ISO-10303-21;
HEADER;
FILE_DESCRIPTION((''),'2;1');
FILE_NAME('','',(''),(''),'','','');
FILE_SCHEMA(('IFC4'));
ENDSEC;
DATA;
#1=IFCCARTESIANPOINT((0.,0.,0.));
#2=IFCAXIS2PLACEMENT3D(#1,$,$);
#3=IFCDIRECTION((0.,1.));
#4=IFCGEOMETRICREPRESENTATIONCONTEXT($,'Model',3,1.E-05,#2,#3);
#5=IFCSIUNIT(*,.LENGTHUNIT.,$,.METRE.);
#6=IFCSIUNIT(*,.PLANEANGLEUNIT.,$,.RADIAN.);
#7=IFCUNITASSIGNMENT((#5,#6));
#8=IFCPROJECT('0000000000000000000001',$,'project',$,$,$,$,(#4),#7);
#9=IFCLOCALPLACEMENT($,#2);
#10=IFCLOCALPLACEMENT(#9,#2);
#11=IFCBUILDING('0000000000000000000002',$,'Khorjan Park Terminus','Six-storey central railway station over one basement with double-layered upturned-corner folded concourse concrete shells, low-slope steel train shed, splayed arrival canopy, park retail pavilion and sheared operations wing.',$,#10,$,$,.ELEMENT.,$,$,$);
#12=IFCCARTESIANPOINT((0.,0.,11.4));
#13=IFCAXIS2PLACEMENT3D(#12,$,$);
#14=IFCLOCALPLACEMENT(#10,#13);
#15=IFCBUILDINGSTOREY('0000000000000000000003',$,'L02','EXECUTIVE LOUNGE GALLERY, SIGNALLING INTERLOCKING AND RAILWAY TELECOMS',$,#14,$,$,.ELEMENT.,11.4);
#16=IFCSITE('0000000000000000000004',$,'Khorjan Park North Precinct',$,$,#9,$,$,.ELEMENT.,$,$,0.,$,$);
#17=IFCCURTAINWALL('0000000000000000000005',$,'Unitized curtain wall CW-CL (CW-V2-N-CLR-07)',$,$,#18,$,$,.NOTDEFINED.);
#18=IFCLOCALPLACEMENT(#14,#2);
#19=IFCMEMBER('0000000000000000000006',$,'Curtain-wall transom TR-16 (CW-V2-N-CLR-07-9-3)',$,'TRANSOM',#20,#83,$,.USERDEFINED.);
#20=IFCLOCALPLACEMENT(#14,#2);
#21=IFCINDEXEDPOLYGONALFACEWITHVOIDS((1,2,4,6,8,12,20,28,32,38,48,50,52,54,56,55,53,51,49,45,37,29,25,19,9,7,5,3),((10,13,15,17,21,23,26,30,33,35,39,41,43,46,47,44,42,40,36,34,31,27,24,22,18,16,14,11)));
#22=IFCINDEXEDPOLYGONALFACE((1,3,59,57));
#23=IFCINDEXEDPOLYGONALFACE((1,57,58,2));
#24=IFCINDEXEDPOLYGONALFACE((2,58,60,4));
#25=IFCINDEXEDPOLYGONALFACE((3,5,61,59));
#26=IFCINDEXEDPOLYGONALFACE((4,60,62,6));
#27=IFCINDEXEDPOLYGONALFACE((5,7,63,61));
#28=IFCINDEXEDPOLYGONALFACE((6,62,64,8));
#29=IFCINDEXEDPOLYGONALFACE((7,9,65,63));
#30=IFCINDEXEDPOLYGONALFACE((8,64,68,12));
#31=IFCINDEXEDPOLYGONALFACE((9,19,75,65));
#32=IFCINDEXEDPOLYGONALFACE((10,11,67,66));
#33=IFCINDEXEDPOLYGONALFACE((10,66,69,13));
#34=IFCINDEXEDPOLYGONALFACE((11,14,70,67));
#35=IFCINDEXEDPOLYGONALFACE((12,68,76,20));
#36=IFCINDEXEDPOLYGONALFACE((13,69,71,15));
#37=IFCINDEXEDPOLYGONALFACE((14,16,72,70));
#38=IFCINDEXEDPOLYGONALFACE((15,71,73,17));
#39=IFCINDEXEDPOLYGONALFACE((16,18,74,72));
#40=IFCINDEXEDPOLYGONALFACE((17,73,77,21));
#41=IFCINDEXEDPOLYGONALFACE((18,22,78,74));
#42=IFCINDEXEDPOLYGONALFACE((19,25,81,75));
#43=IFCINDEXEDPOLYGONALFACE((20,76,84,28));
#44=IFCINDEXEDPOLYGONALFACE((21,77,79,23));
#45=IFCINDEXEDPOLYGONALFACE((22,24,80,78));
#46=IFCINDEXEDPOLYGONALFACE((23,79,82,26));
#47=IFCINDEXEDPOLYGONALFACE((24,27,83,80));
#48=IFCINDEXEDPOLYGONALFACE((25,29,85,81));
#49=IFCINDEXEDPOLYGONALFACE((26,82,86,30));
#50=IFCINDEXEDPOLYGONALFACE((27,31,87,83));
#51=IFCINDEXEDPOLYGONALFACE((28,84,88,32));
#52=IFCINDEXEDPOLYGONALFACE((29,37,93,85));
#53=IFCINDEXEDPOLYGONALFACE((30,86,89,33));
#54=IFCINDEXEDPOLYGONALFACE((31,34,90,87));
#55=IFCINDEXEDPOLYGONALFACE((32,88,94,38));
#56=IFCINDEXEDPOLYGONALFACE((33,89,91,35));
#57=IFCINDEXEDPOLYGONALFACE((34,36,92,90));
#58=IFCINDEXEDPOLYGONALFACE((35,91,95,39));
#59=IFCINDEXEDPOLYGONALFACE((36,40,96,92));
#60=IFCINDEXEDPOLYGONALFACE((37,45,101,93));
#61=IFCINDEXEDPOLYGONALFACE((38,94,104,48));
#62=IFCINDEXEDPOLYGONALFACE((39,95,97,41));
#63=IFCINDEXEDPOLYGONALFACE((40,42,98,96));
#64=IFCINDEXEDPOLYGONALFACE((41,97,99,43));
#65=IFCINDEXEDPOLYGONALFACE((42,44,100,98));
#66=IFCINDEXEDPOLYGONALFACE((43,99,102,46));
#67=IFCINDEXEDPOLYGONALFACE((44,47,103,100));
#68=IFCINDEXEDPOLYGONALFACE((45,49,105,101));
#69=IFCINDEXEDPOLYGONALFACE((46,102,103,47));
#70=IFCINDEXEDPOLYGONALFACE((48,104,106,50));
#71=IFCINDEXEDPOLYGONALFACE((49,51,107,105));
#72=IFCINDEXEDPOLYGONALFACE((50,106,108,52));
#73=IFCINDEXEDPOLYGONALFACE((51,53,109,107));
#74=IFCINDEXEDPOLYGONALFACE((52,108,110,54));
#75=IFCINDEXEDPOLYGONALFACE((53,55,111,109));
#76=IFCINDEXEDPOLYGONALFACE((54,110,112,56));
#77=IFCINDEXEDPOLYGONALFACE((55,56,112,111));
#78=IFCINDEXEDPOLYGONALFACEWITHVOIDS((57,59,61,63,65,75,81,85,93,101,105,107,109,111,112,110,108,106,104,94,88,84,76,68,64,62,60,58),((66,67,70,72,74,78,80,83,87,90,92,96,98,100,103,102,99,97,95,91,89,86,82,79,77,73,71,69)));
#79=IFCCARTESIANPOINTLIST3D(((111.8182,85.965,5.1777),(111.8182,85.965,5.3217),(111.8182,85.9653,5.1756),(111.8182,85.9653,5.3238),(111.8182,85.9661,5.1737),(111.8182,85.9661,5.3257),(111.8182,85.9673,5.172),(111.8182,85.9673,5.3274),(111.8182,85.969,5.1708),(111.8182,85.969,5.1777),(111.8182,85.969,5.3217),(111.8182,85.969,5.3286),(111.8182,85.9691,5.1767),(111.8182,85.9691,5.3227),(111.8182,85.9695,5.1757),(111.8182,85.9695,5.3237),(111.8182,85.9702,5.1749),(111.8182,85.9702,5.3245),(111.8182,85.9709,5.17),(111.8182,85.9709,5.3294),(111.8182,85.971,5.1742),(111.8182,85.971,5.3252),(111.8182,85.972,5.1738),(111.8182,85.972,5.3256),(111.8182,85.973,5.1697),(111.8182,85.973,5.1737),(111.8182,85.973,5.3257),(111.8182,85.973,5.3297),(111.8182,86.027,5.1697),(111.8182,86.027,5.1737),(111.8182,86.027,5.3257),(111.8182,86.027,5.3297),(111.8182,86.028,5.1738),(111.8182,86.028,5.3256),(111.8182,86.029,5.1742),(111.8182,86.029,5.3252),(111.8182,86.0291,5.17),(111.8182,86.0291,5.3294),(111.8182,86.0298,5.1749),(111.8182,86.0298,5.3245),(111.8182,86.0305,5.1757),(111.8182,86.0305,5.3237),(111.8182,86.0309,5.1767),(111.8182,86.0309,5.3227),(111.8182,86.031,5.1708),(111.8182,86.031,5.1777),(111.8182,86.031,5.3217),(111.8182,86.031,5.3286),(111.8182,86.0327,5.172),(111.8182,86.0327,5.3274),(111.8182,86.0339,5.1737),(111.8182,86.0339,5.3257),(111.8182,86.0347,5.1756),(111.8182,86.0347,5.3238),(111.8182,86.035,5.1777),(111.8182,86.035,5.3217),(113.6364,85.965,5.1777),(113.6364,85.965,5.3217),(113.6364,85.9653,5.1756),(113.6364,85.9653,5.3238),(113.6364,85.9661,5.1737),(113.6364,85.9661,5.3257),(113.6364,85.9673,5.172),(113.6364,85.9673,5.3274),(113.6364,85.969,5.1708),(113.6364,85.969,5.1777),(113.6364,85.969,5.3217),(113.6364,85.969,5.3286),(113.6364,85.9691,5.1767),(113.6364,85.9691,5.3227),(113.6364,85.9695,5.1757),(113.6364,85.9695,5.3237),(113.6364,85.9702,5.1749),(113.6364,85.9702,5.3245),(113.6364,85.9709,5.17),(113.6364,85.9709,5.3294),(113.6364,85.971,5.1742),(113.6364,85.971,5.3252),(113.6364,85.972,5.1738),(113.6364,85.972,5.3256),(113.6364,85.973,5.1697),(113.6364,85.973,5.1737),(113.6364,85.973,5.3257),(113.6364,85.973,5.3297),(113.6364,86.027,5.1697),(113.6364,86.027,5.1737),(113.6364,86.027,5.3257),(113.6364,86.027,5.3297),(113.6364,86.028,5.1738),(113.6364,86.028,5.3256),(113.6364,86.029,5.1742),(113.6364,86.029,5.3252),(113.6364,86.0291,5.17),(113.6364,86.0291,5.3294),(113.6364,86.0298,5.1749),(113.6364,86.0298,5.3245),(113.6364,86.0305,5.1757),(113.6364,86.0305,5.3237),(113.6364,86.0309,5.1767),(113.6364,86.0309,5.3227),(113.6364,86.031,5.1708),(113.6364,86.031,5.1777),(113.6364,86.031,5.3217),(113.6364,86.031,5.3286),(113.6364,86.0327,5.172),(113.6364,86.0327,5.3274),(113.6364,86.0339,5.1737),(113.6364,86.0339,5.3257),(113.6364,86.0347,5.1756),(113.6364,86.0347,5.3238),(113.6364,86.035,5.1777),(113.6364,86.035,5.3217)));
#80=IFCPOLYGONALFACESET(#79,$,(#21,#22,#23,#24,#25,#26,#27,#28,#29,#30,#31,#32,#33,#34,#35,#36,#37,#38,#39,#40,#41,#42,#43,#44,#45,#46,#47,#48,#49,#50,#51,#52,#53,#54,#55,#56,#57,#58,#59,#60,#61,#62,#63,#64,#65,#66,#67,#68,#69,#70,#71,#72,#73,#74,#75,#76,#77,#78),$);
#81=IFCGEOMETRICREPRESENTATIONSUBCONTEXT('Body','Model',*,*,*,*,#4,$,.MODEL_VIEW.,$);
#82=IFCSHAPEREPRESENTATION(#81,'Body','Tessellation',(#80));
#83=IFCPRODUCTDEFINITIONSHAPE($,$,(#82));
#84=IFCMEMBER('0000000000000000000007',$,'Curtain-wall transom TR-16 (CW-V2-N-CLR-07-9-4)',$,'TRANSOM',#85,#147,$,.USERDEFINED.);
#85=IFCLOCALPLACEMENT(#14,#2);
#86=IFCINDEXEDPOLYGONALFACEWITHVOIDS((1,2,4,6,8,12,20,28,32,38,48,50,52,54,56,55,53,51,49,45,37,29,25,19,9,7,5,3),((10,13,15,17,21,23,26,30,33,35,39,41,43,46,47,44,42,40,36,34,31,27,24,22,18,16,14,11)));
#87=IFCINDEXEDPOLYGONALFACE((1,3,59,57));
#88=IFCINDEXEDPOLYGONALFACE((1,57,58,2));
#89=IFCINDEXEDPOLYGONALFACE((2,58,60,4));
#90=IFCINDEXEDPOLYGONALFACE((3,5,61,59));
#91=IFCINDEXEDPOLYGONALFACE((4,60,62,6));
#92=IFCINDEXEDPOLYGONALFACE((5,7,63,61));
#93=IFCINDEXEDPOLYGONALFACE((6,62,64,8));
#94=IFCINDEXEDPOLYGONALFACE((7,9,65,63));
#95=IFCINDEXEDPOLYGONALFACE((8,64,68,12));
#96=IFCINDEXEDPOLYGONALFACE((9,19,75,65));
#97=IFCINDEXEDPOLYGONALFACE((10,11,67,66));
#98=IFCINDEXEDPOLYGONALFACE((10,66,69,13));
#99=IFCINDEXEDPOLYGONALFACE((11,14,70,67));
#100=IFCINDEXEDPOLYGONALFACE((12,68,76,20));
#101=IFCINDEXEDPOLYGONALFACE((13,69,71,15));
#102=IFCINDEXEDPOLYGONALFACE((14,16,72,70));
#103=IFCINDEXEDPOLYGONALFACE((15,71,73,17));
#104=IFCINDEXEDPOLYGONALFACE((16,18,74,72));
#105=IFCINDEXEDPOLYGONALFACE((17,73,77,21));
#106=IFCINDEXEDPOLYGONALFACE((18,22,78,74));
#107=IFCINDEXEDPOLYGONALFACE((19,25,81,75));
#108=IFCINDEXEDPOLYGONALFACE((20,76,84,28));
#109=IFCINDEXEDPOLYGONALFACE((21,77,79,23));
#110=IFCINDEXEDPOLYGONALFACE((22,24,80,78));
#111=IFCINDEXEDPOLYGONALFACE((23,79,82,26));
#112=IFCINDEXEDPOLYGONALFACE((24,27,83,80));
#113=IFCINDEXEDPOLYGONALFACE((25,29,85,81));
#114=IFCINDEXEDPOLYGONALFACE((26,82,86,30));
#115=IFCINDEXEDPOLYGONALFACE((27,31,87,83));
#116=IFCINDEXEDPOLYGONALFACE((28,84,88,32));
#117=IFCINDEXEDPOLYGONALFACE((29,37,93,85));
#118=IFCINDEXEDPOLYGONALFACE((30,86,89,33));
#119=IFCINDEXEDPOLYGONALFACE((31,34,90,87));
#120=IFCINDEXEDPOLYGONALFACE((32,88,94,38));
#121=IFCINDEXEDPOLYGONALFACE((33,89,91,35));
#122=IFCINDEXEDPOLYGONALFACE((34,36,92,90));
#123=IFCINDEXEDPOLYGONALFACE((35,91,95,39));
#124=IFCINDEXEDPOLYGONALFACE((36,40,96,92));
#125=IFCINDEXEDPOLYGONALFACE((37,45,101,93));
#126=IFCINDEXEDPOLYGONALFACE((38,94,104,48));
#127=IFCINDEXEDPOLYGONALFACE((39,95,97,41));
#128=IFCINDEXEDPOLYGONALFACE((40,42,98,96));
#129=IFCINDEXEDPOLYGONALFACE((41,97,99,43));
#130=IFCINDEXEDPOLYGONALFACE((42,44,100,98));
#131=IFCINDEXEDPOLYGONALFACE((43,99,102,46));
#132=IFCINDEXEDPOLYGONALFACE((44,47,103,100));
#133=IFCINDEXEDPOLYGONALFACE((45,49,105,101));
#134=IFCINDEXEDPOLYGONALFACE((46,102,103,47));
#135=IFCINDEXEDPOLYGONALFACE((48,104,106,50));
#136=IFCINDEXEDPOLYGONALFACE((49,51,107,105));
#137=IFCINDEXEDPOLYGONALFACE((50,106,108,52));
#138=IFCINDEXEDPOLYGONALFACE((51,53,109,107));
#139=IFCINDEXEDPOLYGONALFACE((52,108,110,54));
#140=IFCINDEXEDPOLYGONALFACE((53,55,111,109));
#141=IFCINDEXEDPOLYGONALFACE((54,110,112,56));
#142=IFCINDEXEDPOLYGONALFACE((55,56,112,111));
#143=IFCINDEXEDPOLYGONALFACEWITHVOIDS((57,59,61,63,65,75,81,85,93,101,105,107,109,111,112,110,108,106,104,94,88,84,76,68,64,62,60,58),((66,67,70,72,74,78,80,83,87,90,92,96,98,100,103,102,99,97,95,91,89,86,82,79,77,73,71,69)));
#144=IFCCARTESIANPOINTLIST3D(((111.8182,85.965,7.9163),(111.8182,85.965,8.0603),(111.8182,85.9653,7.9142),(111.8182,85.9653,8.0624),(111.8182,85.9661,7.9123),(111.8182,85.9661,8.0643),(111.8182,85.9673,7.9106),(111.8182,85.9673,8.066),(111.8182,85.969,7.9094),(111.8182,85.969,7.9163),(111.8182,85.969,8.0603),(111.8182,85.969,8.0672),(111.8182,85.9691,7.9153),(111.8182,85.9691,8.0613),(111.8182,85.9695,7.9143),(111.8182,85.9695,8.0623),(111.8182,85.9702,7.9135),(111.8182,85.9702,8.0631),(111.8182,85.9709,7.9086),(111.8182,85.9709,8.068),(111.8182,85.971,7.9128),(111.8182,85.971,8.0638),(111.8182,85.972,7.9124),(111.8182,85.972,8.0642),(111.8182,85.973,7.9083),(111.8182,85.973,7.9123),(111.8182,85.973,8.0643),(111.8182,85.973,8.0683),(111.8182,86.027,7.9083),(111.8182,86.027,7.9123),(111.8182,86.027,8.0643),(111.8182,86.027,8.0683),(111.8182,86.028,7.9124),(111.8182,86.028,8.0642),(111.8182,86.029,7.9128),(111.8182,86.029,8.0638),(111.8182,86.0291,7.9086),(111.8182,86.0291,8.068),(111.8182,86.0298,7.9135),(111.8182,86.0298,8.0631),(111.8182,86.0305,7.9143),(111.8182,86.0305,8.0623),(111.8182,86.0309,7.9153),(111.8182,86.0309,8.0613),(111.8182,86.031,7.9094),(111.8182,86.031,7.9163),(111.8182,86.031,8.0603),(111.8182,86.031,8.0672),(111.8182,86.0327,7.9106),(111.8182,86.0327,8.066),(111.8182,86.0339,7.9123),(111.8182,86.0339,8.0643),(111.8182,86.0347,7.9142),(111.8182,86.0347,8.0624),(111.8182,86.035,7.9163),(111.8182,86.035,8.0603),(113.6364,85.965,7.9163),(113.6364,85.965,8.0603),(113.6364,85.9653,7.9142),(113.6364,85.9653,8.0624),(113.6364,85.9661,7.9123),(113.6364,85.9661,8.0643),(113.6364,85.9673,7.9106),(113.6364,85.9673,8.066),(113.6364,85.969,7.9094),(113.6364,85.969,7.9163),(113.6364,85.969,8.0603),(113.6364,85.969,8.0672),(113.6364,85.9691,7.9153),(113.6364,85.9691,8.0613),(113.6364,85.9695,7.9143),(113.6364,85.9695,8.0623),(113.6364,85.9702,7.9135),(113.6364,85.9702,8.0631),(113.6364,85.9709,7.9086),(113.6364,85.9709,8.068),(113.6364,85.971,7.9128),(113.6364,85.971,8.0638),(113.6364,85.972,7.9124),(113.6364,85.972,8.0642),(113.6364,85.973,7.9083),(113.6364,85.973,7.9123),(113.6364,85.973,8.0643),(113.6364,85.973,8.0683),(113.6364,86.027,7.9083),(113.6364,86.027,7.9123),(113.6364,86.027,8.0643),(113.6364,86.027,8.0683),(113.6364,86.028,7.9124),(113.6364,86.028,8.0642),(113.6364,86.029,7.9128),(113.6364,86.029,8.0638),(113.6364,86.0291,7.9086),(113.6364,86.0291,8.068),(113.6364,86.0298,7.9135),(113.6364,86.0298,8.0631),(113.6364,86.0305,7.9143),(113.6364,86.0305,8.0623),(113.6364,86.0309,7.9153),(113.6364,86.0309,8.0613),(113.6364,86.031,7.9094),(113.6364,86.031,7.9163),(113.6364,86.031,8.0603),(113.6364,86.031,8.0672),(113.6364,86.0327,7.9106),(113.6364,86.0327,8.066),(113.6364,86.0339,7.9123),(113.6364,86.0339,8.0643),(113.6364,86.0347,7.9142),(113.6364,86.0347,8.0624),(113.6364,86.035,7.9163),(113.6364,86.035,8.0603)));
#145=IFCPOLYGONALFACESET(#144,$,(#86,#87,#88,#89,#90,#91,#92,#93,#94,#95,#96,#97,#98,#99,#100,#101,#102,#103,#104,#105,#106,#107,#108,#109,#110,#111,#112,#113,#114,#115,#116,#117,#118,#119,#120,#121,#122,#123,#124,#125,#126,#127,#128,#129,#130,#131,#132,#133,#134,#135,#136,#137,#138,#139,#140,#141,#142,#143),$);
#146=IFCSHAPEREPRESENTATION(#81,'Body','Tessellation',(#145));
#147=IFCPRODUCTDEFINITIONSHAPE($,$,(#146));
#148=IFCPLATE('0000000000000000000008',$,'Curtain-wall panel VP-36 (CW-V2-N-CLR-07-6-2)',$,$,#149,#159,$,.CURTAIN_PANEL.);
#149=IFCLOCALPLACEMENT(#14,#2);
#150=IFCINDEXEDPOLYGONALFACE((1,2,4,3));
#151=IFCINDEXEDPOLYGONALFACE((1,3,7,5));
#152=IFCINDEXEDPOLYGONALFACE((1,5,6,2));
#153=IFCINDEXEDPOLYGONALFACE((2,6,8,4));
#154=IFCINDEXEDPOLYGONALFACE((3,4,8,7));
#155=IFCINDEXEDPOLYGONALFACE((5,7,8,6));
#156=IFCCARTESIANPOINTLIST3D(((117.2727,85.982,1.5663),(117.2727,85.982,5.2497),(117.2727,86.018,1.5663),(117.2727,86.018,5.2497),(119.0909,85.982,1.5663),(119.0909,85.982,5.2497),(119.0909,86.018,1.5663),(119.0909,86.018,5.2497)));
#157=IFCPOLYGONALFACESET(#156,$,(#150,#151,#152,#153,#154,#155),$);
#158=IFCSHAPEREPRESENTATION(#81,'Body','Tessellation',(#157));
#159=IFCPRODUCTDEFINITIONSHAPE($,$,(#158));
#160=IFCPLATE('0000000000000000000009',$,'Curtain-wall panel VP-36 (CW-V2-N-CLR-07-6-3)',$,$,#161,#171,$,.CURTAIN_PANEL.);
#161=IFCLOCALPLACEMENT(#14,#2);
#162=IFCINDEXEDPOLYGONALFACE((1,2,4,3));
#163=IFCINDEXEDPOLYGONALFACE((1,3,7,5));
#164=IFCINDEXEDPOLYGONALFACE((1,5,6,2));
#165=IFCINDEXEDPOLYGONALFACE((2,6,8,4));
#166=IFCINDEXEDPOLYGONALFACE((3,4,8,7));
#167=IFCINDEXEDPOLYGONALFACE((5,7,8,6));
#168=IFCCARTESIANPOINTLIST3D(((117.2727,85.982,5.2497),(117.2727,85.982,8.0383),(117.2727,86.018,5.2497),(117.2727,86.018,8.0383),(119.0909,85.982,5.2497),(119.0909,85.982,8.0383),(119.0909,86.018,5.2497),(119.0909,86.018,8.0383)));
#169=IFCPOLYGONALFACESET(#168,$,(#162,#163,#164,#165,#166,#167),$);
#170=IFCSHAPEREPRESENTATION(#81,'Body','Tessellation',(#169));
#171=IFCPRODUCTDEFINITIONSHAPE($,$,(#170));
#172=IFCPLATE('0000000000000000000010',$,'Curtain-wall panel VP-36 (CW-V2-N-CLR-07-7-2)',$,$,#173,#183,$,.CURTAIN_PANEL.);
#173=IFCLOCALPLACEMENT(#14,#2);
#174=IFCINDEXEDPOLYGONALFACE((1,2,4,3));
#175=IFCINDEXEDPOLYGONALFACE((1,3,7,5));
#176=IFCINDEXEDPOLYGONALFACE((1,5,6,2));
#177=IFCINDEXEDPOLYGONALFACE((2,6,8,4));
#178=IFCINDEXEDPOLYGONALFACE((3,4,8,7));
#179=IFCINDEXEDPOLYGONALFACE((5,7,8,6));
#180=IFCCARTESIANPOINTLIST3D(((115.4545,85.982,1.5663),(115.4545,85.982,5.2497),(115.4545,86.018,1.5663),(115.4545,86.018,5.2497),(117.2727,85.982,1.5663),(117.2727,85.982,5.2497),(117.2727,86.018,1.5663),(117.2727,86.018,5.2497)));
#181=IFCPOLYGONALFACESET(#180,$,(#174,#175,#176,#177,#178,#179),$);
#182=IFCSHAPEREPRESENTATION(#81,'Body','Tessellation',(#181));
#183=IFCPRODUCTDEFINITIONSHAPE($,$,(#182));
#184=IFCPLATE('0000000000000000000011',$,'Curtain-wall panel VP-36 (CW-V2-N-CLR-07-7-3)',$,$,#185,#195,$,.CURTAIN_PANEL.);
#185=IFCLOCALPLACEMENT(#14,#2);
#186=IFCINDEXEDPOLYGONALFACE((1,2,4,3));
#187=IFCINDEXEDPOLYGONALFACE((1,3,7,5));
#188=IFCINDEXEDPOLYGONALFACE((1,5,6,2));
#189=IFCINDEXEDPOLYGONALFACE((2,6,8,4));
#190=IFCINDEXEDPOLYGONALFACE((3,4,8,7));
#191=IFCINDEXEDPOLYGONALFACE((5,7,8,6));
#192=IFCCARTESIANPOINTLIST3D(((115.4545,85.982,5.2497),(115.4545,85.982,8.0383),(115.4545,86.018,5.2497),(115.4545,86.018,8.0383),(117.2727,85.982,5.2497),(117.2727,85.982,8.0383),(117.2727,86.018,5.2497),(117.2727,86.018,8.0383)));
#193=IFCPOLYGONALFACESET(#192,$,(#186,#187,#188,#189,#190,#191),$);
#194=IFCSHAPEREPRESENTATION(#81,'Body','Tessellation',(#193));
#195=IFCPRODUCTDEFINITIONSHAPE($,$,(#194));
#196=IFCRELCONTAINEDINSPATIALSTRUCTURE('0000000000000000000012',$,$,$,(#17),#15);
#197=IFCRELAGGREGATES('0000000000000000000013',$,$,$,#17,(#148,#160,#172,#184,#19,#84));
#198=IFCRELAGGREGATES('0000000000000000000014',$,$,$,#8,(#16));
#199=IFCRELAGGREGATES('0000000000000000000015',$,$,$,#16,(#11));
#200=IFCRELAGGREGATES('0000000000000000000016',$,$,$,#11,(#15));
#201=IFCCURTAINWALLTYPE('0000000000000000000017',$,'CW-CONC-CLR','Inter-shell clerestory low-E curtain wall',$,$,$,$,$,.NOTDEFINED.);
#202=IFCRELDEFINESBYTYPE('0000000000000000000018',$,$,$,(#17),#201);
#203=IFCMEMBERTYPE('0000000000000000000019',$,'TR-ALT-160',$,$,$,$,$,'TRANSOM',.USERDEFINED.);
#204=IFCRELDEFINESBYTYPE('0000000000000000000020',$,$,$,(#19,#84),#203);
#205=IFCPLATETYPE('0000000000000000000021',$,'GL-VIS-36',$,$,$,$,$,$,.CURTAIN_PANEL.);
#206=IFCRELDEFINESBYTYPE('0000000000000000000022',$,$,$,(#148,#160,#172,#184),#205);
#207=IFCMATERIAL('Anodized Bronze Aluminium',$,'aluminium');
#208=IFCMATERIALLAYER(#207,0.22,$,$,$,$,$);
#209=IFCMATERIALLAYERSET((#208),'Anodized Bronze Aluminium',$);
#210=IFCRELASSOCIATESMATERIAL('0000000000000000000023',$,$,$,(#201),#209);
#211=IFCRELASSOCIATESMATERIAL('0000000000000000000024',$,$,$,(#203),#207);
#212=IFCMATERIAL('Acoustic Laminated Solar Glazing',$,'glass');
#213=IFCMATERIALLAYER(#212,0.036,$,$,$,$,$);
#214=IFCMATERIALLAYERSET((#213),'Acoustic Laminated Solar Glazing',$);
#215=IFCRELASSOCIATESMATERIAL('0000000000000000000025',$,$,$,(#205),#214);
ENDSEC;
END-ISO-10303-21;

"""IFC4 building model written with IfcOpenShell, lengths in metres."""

from ifc_helpers import new_model, si_unit, direction, frame, origin, origin_2d, place, context, subcontext, project, spatial, rectangle, hollow_rectangle, extrude, material, layer, layer_set, material_profile, profile_set, type_object, element, aggregate, save


model = new_model("IFC4")

# Units and contexts
model_context = context("Model", 3, precision=1e-05, world=origin(), true_north=direction((0.0, 1.0)))
body_context = subcontext(model_context, "Body", "Model", "MODEL_VIEW")
ifc_project = project(units=[si_unit("LENGTHUNIT", "METRE"), si_unit("PLANEANGLEUNIT", "RADIAN")], contexts=[model_context])

# Site, building, storey
site_placement = place(None, origin())
site = spatial("IfcSite", under=ifc_project, at=site_placement, Name="Khorjan Park North Precinct", CompositionType="ELEMENT", RefElevation=0.0)
building_placement = place(site_placement, origin())
building = spatial("IfcBuilding", under=site, at=building_placement, Name="Khorjan Park Terminus", Description="Six-storey central railway station over one basement with double-layered upturned-corner folded concourse concrete shells, low-slope steel train shed, splayed arrival canopy, park retail pavilion and sheared operations wing.", CompositionType="ELEMENT")
storey_placement = place(building_placement, frame((0.0, 0.0, 11.4)))
storey = spatial("IfcBuildingStorey", under=building, at=storey_placement, Name="L02", Description="EXECUTIVE LOUNGE GALLERY, SIGNALLING INTERLOCKING AND RAILWAY TELECOMS", CompositionType="ELEMENT", Elevation=11.4)

# Curtain wall
ifc_material_1 = material(Name="Anodized Bronze Aluminium", Category="aluminium")
ifc_layer_1 = layer(ifc_material_1, 0.22)
ifc_layer_set_1 = layer_set([ifc_layer_1], Name="Anodized Bronze Aluminium")
curtain_wall_type = type_object("IfcCurtainWallType", Name="CW-CONC-CLR", Description="Inter-shell clerestory low-E curtain wall", PredefinedType="NOTDEFINED", material=ifc_layer_set_1)
curtain_wall_placement = place(storey_placement, origin())
curtain_wall = element("IfcCurtainWall", 1, at=curtain_wall_placement, inside=storey, type_object=curtain_wall_type, Name="Unitized curtain wall CW-CL (CW-V2-N-CLR-07)", PredefinedType="NOTDEFINED")

# Members
ifc_material_profile_1 = material_profile(ifc_material_1, hollow_rectangle(XDim=0.07, YDim=0.16, WallThickness=0.004, InnerFilletRadius=0.004, OuterFilletRadius=0.008, at=origin_2d()), Name="ALT 70x160x4")
ifc_profile_set_1 = profile_set([ifc_material_profile_1], Name="Anodized Bronze Aluminium")
member_type_1 = type_object("IfcMemberType", Name="TR-ALT-160", ElementType="TRANSOM", PredefinedType="USERDEFINED", material=ifc_profile_set_1)
member_1_placement = place(storey_placement, frame((113.6364, 86.0, 5.2497), z_axis=(-1.0, 0.0, 0.0), x_axis=(0.0, -1.0, 0.0)))
member_1 = element("IfcMember", 2, at=member_1_placement, type_object=member_type_1, Name="Curtain-wall transom TR-16 (CW-V2-N-CLR-07-9-3)", ObjectType="TRANSOM", PredefinedType="USERDEFINED", context=body_context, shape_type="SweptSolid", body=[
    extrude(hollow_rectangle(XDim=0.07, YDim=0.16, WallThickness=0.004, InnerFilletRadius=0.004, OuterFilletRadius=0.008, at=origin_2d()), origin(), (0.0, 0.0, 1.0), 1.8182),
])
member_2_placement = place(storey_placement, frame((113.6364, 86.0, 7.9883), z_axis=(-1.0, 0.0, 0.0), x_axis=(0.0, -1.0, 0.0)))
member_2 = element("IfcMember", 3, at=member_2_placement, type_object=member_type_1, Name="Curtain-wall transom TR-16 (CW-V2-N-CLR-07-9-4)", ObjectType="TRANSOM", PredefinedType="USERDEFINED", context=body_context, shape_type="SweptSolid", body=[
    extrude(hollow_rectangle(XDim=0.07, YDim=0.16, WallThickness=0.004, InnerFilletRadius=0.004, OuterFilletRadius=0.008, at=origin_2d()), origin(), (0.0, 0.0, 1.0), 1.8182),
])

# Plates
ifc_material_2 = material(Name="Acoustic Laminated Solar Glazing", Category="glass")
ifc_layer_2 = layer(ifc_material_2, 0.036)
ifc_layer_set_2 = layer_set([ifc_layer_2], Name="Acoustic Laminated Solar Glazing")
plate_type_1 = type_object("IfcPlateType", Name="GL-VIS-36", PredefinedType="CURTAIN_PANEL", material=ifc_layer_set_2)
plate_1_placement = place(storey_placement, frame((118.1818, 86.0, 1.5663), z_axis=(0.0, 0.0, 1.0), x_axis=(-1.0, 0.0, 0.0)))
plate_1 = element("IfcPlate", 4, at=plate_1_placement, type_object=plate_type_1, Name="Curtain-wall panel VP-36 (CW-V2-N-CLR-07-6-2)", PredefinedType="CURTAIN_PANEL", context=body_context, shape_type="SweptSolid", body=[
    extrude(rectangle(XDim=1.8182, YDim=0.036, at=origin_2d()), origin(), (0.0, 0.0, 1.0), 3.6834),
])
plate_2_placement = place(storey_placement, frame((118.1818, 86.0, 5.2497), z_axis=(0.0, 0.0, 1.0), x_axis=(-1.0, 0.0, 0.0)))
plate_2 = element("IfcPlate", 5, at=plate_2_placement, type_object=plate_type_1, Name="Curtain-wall panel VP-36 (CW-V2-N-CLR-07-6-3)", PredefinedType="CURTAIN_PANEL", context=body_context, shape_type="SweptSolid", body=[
    extrude(rectangle(XDim=1.8182, YDim=0.036, at=origin_2d()), origin(), (0.0, 0.0, 1.0), 2.7886),
])
plate_3_placement = place(storey_placement, frame((116.3636, 86.0, 1.5663), z_axis=(0.0, 0.0, 1.0), x_axis=(-1.0, 0.0, 0.0)))
plate_3 = element("IfcPlate", 6, at=plate_3_placement, type_object=plate_type_1, Name="Curtain-wall panel VP-36 (CW-V2-N-CLR-07-7-2)", PredefinedType="CURTAIN_PANEL", context=body_context, shape_type="SweptSolid", body=[
    extrude(rectangle(XDim=1.8182, YDim=0.036, at=origin_2d()), origin(), (0.0, 0.0, 1.0), 3.6834),
])
plate_4_placement = place(storey_placement, frame((116.3636, 86.0, 5.2497), z_axis=(0.0, 0.0, 1.0), x_axis=(-1.0, 0.0, 0.0)))
plate_4 = element("IfcPlate", 7, at=plate_4_placement, type_object=plate_type_1, Name="Curtain-wall panel VP-36 (CW-V2-N-CLR-07-7-3)", PredefinedType="CURTAIN_PANEL", context=body_context, shape_type="SweptSolid", body=[
    extrude(rectangle(XDim=1.8182, YDim=0.036, at=origin_2d()), origin(), (0.0, 0.0, 1.0), 2.7886),
])

aggregate(curtain_wall, [plate_1, plate_2, plate_3, plate_4, member_1, member_2])

save(model, "model.ifc")
